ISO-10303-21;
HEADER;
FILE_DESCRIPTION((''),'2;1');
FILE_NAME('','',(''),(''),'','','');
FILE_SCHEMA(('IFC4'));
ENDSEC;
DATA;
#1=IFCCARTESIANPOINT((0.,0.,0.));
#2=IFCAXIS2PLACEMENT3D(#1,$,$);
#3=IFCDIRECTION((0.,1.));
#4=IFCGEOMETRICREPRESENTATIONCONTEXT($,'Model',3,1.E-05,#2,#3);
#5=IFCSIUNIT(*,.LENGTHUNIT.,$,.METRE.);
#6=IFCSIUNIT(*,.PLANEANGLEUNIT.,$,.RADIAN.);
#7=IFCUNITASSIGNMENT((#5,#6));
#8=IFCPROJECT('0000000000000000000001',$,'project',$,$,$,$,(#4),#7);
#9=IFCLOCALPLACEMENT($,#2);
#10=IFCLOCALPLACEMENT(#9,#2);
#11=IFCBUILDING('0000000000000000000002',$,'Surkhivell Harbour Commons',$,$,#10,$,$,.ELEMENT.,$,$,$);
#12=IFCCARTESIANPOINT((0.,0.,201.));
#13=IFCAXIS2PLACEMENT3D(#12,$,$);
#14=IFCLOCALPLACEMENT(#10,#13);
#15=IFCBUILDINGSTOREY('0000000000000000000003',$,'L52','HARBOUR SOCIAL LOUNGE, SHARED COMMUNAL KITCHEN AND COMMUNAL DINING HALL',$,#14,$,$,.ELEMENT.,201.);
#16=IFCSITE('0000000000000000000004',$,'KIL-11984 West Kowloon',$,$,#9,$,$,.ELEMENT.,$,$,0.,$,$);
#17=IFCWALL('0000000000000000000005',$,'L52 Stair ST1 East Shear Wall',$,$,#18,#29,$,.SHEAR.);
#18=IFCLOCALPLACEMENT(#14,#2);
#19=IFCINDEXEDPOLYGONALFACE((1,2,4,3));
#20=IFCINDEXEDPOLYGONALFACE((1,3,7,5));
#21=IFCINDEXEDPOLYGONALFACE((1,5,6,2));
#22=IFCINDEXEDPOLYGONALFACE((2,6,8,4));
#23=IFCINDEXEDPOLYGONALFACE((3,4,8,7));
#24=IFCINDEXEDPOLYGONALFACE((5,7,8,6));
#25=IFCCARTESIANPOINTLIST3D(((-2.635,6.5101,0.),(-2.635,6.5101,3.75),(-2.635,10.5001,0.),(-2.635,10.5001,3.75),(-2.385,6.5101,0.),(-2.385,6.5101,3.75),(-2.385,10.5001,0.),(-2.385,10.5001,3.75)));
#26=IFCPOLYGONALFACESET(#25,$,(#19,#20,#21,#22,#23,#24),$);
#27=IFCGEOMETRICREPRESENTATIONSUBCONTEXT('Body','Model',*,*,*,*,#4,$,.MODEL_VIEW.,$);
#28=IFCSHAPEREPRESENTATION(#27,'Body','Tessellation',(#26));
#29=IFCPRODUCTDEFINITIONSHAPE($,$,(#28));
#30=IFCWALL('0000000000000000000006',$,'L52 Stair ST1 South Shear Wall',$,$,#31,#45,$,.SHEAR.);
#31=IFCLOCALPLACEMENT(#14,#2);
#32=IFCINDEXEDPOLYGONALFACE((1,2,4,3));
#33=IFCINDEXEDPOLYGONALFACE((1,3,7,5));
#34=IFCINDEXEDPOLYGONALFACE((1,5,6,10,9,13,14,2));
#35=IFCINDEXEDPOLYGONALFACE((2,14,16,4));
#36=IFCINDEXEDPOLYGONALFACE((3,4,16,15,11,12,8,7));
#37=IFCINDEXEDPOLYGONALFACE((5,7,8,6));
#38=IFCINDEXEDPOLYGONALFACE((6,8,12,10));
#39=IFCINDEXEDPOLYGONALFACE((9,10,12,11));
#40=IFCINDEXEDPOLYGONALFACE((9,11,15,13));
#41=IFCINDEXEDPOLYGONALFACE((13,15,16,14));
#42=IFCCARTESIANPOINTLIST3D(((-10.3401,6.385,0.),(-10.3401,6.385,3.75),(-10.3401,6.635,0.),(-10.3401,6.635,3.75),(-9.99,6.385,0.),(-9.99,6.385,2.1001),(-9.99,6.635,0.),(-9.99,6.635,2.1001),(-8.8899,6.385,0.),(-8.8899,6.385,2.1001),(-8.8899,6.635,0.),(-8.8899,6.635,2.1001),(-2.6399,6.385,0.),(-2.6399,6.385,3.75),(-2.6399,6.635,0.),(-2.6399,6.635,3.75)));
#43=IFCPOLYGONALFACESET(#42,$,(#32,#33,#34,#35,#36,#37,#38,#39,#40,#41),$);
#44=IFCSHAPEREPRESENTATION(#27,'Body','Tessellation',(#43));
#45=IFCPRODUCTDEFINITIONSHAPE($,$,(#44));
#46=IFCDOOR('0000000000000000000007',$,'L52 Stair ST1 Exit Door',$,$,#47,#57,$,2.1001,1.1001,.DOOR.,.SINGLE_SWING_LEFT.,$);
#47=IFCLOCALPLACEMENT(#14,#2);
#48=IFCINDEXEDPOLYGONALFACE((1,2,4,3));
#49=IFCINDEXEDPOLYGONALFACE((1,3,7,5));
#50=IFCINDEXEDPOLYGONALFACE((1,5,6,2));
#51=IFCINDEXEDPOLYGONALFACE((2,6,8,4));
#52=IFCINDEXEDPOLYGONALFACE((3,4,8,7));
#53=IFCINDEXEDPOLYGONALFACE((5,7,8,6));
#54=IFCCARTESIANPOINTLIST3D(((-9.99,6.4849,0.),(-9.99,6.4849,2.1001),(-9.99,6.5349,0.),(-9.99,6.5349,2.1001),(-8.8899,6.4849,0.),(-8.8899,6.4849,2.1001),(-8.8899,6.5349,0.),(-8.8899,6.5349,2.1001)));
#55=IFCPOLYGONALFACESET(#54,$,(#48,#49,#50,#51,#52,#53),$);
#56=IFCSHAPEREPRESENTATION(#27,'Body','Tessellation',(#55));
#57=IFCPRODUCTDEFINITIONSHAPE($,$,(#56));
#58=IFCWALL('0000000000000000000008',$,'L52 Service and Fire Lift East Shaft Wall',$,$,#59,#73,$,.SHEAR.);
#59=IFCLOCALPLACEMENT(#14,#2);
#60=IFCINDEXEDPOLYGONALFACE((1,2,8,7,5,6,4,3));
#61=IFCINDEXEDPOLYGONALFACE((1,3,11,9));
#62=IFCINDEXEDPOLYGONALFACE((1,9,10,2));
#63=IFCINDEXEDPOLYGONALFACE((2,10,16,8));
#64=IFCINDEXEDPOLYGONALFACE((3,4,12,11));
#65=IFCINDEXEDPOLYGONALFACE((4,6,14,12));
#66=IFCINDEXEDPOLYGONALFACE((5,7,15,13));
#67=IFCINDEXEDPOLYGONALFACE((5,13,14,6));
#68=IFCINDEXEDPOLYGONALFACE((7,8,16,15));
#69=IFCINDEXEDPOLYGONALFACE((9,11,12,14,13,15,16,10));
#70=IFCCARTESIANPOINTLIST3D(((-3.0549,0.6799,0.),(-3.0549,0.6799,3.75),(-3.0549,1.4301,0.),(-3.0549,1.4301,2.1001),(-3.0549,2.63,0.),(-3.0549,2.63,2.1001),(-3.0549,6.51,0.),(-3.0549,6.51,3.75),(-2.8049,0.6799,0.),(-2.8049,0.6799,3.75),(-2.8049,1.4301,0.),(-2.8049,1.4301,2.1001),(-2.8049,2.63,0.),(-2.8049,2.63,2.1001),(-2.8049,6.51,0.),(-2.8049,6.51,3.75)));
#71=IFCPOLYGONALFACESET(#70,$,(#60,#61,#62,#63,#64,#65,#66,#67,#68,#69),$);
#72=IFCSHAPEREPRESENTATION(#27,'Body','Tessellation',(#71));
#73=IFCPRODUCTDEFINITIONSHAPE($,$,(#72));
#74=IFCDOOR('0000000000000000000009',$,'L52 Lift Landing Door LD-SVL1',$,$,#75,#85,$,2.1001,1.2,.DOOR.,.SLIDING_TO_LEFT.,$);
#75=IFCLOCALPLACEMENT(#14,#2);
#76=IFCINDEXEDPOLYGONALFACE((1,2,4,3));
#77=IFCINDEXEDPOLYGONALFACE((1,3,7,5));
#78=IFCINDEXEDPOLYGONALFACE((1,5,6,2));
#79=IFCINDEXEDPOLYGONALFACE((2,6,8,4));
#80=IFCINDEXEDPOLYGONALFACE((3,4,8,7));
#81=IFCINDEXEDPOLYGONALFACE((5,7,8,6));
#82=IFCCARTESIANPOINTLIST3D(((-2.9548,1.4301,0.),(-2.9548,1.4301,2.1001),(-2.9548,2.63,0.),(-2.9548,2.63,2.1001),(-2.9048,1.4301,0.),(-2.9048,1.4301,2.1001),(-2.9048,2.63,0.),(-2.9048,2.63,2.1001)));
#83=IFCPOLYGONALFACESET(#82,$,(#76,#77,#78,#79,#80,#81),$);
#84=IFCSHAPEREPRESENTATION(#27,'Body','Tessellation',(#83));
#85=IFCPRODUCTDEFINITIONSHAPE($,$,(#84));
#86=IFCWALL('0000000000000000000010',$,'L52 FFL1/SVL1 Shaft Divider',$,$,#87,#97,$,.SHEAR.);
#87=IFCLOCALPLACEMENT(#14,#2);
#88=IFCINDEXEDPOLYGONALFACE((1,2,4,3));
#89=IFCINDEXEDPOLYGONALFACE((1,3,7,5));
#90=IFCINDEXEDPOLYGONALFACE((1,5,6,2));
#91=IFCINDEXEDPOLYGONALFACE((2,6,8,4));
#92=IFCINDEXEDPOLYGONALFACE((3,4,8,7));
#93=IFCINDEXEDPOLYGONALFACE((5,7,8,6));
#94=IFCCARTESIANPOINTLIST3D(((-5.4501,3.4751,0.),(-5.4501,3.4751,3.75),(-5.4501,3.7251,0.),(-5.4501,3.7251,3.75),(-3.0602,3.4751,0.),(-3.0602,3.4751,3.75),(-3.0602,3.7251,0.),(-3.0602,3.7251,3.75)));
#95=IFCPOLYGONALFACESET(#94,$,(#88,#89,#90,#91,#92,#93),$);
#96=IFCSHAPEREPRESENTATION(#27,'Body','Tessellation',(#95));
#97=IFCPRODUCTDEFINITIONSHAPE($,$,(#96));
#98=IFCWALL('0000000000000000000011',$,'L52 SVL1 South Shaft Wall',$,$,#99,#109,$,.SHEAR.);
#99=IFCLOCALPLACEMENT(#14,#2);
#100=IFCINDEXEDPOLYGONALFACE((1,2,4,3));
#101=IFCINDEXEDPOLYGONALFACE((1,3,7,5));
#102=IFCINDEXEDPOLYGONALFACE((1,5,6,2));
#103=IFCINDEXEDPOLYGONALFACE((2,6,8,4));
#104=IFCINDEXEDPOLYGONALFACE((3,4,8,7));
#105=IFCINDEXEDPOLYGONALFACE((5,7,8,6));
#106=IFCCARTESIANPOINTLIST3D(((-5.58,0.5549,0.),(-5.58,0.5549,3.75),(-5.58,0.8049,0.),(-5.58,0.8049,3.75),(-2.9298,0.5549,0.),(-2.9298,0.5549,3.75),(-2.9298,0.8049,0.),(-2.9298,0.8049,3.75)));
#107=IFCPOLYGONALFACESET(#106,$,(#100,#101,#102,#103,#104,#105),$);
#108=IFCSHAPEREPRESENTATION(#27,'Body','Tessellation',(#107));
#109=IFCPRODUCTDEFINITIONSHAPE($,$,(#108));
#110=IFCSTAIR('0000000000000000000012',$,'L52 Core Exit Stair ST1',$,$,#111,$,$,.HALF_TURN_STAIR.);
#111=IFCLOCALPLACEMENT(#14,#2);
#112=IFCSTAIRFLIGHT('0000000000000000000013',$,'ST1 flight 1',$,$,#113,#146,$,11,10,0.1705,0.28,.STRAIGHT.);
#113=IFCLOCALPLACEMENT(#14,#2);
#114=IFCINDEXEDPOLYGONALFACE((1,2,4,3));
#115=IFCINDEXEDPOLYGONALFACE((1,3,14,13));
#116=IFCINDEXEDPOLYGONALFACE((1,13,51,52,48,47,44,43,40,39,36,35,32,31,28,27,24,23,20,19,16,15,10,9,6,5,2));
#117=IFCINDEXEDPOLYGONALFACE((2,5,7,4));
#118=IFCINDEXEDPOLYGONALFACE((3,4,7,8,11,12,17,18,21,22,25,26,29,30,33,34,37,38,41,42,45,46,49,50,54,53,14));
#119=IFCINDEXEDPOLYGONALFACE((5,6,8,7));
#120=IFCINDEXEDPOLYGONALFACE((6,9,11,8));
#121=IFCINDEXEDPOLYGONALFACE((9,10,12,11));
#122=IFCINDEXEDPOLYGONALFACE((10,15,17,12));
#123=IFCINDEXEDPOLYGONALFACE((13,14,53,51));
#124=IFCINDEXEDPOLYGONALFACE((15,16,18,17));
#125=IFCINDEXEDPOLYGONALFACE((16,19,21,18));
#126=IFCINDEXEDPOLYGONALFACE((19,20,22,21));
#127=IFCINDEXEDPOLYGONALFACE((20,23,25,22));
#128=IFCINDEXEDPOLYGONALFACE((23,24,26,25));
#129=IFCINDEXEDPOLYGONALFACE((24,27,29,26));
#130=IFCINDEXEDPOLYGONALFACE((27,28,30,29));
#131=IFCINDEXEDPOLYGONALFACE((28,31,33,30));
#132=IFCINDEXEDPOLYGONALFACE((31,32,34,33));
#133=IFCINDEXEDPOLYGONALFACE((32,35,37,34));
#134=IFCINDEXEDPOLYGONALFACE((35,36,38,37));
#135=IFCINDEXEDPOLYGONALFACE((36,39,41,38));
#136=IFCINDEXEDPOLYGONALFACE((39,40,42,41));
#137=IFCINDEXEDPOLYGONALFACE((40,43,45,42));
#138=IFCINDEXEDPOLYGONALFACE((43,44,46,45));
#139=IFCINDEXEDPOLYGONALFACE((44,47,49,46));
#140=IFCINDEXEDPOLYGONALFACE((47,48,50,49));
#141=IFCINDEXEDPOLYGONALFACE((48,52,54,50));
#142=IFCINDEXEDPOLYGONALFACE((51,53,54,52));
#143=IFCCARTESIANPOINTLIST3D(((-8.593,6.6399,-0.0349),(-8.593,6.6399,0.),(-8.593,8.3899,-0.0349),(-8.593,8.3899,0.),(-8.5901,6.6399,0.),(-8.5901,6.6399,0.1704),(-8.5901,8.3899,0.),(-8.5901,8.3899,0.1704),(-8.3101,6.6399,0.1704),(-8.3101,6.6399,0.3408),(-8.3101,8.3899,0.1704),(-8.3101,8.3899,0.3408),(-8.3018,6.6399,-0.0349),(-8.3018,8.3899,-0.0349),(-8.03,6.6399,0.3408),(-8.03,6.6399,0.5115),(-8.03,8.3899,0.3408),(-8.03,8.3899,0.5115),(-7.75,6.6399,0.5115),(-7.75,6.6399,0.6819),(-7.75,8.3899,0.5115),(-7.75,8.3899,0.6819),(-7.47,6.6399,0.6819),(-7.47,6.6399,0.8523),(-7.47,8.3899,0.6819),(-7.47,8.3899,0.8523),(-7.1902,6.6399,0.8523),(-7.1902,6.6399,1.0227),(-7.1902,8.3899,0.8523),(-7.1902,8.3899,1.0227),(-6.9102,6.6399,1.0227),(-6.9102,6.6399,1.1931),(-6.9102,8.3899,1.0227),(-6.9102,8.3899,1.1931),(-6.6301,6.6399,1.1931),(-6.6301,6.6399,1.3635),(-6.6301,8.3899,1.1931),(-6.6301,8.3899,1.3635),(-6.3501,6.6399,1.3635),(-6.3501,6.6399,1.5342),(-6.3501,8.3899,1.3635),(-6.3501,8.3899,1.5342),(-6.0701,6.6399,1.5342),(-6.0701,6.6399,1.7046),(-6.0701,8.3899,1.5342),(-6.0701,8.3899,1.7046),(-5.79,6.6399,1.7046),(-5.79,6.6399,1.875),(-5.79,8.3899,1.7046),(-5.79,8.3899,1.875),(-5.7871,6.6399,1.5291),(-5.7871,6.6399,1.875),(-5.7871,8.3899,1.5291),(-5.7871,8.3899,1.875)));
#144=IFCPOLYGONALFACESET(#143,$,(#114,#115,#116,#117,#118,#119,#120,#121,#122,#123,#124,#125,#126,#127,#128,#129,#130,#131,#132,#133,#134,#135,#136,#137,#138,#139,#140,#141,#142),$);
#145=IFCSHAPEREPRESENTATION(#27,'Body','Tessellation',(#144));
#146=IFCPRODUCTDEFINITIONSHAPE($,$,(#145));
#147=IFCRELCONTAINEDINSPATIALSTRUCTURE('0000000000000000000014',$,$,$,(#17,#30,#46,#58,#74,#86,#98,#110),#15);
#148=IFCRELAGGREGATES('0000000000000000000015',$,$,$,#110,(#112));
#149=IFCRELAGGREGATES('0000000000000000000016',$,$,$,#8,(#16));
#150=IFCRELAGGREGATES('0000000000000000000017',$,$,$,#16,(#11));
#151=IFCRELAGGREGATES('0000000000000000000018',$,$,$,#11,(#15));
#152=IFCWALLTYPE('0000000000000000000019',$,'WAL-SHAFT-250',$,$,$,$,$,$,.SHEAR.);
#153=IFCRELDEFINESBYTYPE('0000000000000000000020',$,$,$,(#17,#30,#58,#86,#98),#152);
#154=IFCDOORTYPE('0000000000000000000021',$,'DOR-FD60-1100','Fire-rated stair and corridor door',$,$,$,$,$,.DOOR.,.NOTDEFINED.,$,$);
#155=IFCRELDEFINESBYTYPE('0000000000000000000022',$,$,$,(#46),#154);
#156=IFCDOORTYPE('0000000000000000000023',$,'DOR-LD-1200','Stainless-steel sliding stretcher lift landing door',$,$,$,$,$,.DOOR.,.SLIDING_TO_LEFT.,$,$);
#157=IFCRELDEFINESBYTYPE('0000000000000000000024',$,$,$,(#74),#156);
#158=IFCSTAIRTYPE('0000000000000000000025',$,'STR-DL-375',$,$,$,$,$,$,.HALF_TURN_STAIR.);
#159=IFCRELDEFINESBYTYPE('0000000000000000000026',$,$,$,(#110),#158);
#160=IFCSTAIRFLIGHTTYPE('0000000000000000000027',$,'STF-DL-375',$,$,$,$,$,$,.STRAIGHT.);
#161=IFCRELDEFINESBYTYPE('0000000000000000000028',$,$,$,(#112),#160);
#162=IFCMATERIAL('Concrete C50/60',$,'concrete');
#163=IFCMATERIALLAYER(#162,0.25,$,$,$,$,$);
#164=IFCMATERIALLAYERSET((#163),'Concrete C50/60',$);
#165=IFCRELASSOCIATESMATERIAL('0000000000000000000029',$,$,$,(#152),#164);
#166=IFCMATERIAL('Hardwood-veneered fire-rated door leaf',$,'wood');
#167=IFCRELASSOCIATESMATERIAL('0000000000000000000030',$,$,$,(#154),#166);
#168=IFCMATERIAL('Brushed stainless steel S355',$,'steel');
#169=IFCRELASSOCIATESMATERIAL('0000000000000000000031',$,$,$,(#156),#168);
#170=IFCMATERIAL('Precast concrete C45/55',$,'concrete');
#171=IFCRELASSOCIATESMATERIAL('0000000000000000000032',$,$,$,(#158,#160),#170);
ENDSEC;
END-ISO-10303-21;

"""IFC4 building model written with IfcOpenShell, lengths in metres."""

from ifc_helpers import new_model, si_unit, direction, frame, frame_2d, origin, place, context, subcontext, project, spatial, polyline, rectangle, outline, extrude, material, layer, layer_set, type_object, element, fill, aggregate, save


model = new_model("IFC4")

# Units and contexts
model_context = context("Model", 3, precision=1e-05, world=origin(), true_north=direction((0.0, 1.0)))
body_context = subcontext(model_context, "Body", "Model", "MODEL_VIEW")
ifc_project = project(units=[si_unit("LENGTHUNIT", "METRE"), si_unit("PLANEANGLEUNIT", "RADIAN")], contexts=[model_context])

# Site, building, storey
site_placement = place(None, origin())
site = spatial("IfcSite", under=ifc_project, at=site_placement, Name="KIL-11984 West Kowloon", CompositionType="ELEMENT", RefElevation=0.0)
building_placement = place(site_placement, origin())
building = spatial("IfcBuilding", under=site, at=building_placement, Name="Surkhivell Harbour Commons", CompositionType="ELEMENT")
storey_placement = place(building_placement, frame((0.0, 0.0, 201.0)))
storey = spatial("IfcBuildingStorey", under=building, at=storey_placement, Name="L52", Description="HARBOUR SOCIAL LOUNGE, SHARED COMMUNAL KITCHEN AND COMMUNAL DINING HALL", CompositionType="ELEMENT", Elevation=201.0)

# Shared definitions
ifc_material_1 = material(Name="Concrete C50/60", Category="concrete")
ifc_layer_1 = layer(ifc_material_1, 0.25)
ifc_layer_set_1 = layer_set([ifc_layer_1], Name="Concrete C50/60")
wall_type_1 = type_object("IfcWallType", Name="WAL-SHAFT-250", PredefinedType="SHEAR", material=ifc_layer_set_1)
ifc_material_2 = material(Name="Brushed stainless steel S355", Category="steel")
ifc_material_3 = material(Name="Hardwood-veneered fire-rated door leaf", Category="wood")

# Wall
wall_1_placement = place(storey_placement, frame((-2.51, 6.51, 0.0), z_axis=(0.0, 0.0, 1.0), x_axis=(0.0, 1.0, 0.0)))
element("IfcWall", 1, at=wall_1_placement, inside=storey, type_object=wall_type_1, Name="L52 Stair ST1 East Shear Wall", PredefinedType="SHEAR", context=body_context, shape_type="SweptSolid", body=[
    extrude(rectangle(XDim=3.99, YDim=0.25, at=frame_2d((1.9951, 0.0))), origin(), (0.0, 0.0, 1.0), 3.75),
])

# Walls, openings, doors
wall_2_placement = place(storey_placement, frame((-10.3401, 6.51, 0.0), z_axis=(0.0, 0.0, 1.0), x_axis=(1.0, 0.0, 0.0)))
wall_2 = element("IfcWall", 2, at=wall_2_placement, inside=storey, type_object=wall_type_1, Name="L52 Stair ST1 South Shear Wall", PredefinedType="SHEAR", context=body_context, shape_type="SweptSolid", body=[
    extrude(rectangle(XDim=7.7002, YDim=0.25, at=frame_2d((3.8501, 0.0))), origin(), (0.0, 0.0, 1.0), 3.75),
])
opening_1_placement = place(wall_2_placement, frame((0.3501, 0.0, 0.0)))
opening_1 = element("IfcOpeningElement", 3, at=opening_1_placement, cuts=wall_2, PredefinedType="OPENING", context=body_context, shape_type="SweptSolid", body=[
    extrude(rectangle(XDim=1.1001, YDim=2.1001, at=frame_2d((0.55, 1.05))), frame((0.0, 0.135, 0.0), z_axis=(0.0, -1.0, 0.0), x_axis=(1.0, 0.0, 0.0)), (0.0, 0.0, 1.0), 0.27),
])
door_type_1 = type_object("IfcDoorType", Name="DOR-FD60-1100", Description="Fire-rated stair and corridor door", OperationType="NOTDEFINED", PredefinedType="DOOR", material=ifc_material_3)
door_1_placement = place(opening_1_placement, origin())
door_1 = element("IfcDoor", 4, at=door_1_placement, inside=storey, type_object=door_type_1, Name="L52 Stair ST1 Exit Door", OperationType="SINGLE_SWING_LEFT", OverallHeight=2.1001, OverallWidth=1.1001, PredefinedType="DOOR", context=body_context, shape_type="SweptSolid", body=[
    extrude(rectangle(XDim=1.1001, YDim=2.1001, at=frame_2d((0.55, 1.05))), frame((0.0, 0.0249, 0.0), z_axis=(0.0, -1.0, 0.0), x_axis=(1.0, 0.0, 0.0)), (0.0, 0.0, 1.0), 0.05),
])
fill(opening_1, door_1)
wall_3_placement = place(storey_placement, frame((-2.9299, 0.6799, 0.0), z_axis=(0.0, 0.0, 1.0), x_axis=(0.0, 1.0, 0.0)))
wall_3 = element("IfcWall", 5, at=wall_3_placement, inside=storey, type_object=wall_type_1, Name="L52 Service and Fire Lift East Shaft Wall", PredefinedType="SHEAR", context=body_context, shape_type="SweptSolid", body=[
    extrude(rectangle(XDim=5.8301, YDim=0.25, at=frame_2d((2.915, 0.0))), origin(), (0.0, 0.0, 1.0), 3.75),
])
opening_2_placement = place(wall_3_placement, frame((0.75, 0.0, 0.0)))
opening_2 = element("IfcOpeningElement", 6, at=opening_2_placement, cuts=wall_3, PredefinedType="OPENING", context=body_context, shape_type="SweptSolid", body=[
    extrude(rectangle(XDim=1.2, YDim=2.1001, at=frame_2d((0.6001, 1.05))), frame((0.0, 0.135, 0.0), z_axis=(0.0, -1.0, 0.0), x_axis=(1.0, 0.0, 0.0)), (0.0, 0.0, 1.0), 0.27),
])
door_type_2 = type_object("IfcDoorType", Name="DOR-LD-1200", Description="Stainless-steel sliding stretcher lift landing door", OperationType="SLIDING_TO_LEFT", PredefinedType="DOOR", material=ifc_material_2)
door_2_placement = place(opening_2_placement, origin())
door_2 = element("IfcDoor", 7, at=door_2_placement, inside=storey, type_object=door_type_2, Name="L52 Lift Landing Door LD-SVL1", OperationType="SLIDING_TO_LEFT", OverallHeight=2.1001, OverallWidth=1.2, PredefinedType="DOOR", context=body_context, shape_type="SweptSolid", body=[
    extrude(rectangle(XDim=1.2, YDim=2.1001, at=frame_2d((0.6001, 1.05))), frame((0.0, 0.0249, 0.0), z_axis=(0.0, -1.0, 0.0), x_axis=(1.0, 0.0, 0.0)), (0.0, 0.0, 1.0), 0.05),
])
fill(opening_2, door_2)

# Walls
wall_4_placement = place(storey_placement, frame((-5.45, 3.6001, 0.0), z_axis=(0.0, 0.0, 1.0), x_axis=(1.0, 0.0, 0.0)))
element("IfcWall", 8, at=wall_4_placement, inside=storey, type_object=wall_type_1, Name="L52 FFL1/SVL1 Shaft Divider", PredefinedType="SHEAR", context=body_context, shape_type="SweptSolid", body=[
    extrude(rectangle(XDim=2.3899, YDim=0.25, at=frame_2d((1.1948, 0.0))), origin(), (0.0, 0.0, 1.0), 3.75),
])
wall_5_placement = place(storey_placement, frame((-5.5801, 0.6799, 0.0), z_axis=(0.0, 0.0, 1.0), x_axis=(1.0, 0.0, 0.0)))
element("IfcWall", 9, at=wall_5_placement, inside=storey, type_object=wall_type_1, Name="L52 SVL1 South Shaft Wall", PredefinedType="SHEAR", context=body_context, shape_type="SweptSolid", body=[
    extrude(rectangle(XDim=2.6501, YDim=0.25, at=frame_2d((1.3252, 0.0))), origin(), (0.0, 0.0, 1.0), 3.75),
])

# Stair, stair flight
ifc_material_4 = material(Name="Precast concrete C45/55", Category="concrete")
stair_type = type_object("IfcStairType", Name="STR-DL-375", PredefinedType="HALF_TURN_STAIR", material=ifc_material_4)
stair_placement = place(storey_placement, origin())
stair = element("IfcStair", 10, at=stair_placement, inside=storey, type_object=stair_type, Name="L52 Core Exit Stair ST1", PredefinedType="HALF_TURN_STAIR")
stair_flight_type = type_object("IfcStairFlightType", Name="STF-DL-375", PredefinedType="STRAIGHT", material=ifc_material_4)
stair_flight_1_placement = place(storey_placement, frame((-8.5901, 7.5149, 0.0), z_axis=(0.0, 0.0, 1.0), x_axis=(1.0, 0.0, 0.0)))
stair_flight_1 = element("IfcStairFlight", 11, at=stair_flight_1_placement, type_object=stair_flight_type, Name="ST1 flight 1", NumberOfRisers=11, NumberOfTreads=10, PredefinedType="STRAIGHT", RiserHeight=0.1705, TreadLength=0.28, context=body_context, shape_type="SweptSolid", body=[
    extrude(outline(polyline([(-0.0029, -0.0349), (-0.0029, 0.0), (0.0, 0.0), (0.0, 0.1704), (0.28, 0.1704), (0.28, 0.3408), (0.5601, 0.3408), (0.5601, 0.5115), (0.8401, 0.5115), (0.8401, 0.6819), (1.1201, 0.6819), (1.1201, 0.8523), (1.3999, 0.8523), (1.3999, 1.0227), (1.6799, 1.0227), (1.6799, 1.1931), (1.96, 1.1931), (1.96, 1.3635), (2.24, 1.3635), (2.24, 1.5342), (2.52, 1.5342), (2.52, 1.7046), (2.8, 1.7046), (2.8, 1.875), (2.803, 1.875), (2.803, 1.5291), (0.2883, -0.0349), (-0.0029, -0.0349)])), frame((0.0, 0.875, 0.0), z_axis=(0.0, -1.0, 0.0), x_axis=(1.0, 0.0, 0.0)), (0.0, 0.0, 1.0), 1.75),
])
aggregate(stair, [stair_flight_1])

save(model, "model.ifc")
